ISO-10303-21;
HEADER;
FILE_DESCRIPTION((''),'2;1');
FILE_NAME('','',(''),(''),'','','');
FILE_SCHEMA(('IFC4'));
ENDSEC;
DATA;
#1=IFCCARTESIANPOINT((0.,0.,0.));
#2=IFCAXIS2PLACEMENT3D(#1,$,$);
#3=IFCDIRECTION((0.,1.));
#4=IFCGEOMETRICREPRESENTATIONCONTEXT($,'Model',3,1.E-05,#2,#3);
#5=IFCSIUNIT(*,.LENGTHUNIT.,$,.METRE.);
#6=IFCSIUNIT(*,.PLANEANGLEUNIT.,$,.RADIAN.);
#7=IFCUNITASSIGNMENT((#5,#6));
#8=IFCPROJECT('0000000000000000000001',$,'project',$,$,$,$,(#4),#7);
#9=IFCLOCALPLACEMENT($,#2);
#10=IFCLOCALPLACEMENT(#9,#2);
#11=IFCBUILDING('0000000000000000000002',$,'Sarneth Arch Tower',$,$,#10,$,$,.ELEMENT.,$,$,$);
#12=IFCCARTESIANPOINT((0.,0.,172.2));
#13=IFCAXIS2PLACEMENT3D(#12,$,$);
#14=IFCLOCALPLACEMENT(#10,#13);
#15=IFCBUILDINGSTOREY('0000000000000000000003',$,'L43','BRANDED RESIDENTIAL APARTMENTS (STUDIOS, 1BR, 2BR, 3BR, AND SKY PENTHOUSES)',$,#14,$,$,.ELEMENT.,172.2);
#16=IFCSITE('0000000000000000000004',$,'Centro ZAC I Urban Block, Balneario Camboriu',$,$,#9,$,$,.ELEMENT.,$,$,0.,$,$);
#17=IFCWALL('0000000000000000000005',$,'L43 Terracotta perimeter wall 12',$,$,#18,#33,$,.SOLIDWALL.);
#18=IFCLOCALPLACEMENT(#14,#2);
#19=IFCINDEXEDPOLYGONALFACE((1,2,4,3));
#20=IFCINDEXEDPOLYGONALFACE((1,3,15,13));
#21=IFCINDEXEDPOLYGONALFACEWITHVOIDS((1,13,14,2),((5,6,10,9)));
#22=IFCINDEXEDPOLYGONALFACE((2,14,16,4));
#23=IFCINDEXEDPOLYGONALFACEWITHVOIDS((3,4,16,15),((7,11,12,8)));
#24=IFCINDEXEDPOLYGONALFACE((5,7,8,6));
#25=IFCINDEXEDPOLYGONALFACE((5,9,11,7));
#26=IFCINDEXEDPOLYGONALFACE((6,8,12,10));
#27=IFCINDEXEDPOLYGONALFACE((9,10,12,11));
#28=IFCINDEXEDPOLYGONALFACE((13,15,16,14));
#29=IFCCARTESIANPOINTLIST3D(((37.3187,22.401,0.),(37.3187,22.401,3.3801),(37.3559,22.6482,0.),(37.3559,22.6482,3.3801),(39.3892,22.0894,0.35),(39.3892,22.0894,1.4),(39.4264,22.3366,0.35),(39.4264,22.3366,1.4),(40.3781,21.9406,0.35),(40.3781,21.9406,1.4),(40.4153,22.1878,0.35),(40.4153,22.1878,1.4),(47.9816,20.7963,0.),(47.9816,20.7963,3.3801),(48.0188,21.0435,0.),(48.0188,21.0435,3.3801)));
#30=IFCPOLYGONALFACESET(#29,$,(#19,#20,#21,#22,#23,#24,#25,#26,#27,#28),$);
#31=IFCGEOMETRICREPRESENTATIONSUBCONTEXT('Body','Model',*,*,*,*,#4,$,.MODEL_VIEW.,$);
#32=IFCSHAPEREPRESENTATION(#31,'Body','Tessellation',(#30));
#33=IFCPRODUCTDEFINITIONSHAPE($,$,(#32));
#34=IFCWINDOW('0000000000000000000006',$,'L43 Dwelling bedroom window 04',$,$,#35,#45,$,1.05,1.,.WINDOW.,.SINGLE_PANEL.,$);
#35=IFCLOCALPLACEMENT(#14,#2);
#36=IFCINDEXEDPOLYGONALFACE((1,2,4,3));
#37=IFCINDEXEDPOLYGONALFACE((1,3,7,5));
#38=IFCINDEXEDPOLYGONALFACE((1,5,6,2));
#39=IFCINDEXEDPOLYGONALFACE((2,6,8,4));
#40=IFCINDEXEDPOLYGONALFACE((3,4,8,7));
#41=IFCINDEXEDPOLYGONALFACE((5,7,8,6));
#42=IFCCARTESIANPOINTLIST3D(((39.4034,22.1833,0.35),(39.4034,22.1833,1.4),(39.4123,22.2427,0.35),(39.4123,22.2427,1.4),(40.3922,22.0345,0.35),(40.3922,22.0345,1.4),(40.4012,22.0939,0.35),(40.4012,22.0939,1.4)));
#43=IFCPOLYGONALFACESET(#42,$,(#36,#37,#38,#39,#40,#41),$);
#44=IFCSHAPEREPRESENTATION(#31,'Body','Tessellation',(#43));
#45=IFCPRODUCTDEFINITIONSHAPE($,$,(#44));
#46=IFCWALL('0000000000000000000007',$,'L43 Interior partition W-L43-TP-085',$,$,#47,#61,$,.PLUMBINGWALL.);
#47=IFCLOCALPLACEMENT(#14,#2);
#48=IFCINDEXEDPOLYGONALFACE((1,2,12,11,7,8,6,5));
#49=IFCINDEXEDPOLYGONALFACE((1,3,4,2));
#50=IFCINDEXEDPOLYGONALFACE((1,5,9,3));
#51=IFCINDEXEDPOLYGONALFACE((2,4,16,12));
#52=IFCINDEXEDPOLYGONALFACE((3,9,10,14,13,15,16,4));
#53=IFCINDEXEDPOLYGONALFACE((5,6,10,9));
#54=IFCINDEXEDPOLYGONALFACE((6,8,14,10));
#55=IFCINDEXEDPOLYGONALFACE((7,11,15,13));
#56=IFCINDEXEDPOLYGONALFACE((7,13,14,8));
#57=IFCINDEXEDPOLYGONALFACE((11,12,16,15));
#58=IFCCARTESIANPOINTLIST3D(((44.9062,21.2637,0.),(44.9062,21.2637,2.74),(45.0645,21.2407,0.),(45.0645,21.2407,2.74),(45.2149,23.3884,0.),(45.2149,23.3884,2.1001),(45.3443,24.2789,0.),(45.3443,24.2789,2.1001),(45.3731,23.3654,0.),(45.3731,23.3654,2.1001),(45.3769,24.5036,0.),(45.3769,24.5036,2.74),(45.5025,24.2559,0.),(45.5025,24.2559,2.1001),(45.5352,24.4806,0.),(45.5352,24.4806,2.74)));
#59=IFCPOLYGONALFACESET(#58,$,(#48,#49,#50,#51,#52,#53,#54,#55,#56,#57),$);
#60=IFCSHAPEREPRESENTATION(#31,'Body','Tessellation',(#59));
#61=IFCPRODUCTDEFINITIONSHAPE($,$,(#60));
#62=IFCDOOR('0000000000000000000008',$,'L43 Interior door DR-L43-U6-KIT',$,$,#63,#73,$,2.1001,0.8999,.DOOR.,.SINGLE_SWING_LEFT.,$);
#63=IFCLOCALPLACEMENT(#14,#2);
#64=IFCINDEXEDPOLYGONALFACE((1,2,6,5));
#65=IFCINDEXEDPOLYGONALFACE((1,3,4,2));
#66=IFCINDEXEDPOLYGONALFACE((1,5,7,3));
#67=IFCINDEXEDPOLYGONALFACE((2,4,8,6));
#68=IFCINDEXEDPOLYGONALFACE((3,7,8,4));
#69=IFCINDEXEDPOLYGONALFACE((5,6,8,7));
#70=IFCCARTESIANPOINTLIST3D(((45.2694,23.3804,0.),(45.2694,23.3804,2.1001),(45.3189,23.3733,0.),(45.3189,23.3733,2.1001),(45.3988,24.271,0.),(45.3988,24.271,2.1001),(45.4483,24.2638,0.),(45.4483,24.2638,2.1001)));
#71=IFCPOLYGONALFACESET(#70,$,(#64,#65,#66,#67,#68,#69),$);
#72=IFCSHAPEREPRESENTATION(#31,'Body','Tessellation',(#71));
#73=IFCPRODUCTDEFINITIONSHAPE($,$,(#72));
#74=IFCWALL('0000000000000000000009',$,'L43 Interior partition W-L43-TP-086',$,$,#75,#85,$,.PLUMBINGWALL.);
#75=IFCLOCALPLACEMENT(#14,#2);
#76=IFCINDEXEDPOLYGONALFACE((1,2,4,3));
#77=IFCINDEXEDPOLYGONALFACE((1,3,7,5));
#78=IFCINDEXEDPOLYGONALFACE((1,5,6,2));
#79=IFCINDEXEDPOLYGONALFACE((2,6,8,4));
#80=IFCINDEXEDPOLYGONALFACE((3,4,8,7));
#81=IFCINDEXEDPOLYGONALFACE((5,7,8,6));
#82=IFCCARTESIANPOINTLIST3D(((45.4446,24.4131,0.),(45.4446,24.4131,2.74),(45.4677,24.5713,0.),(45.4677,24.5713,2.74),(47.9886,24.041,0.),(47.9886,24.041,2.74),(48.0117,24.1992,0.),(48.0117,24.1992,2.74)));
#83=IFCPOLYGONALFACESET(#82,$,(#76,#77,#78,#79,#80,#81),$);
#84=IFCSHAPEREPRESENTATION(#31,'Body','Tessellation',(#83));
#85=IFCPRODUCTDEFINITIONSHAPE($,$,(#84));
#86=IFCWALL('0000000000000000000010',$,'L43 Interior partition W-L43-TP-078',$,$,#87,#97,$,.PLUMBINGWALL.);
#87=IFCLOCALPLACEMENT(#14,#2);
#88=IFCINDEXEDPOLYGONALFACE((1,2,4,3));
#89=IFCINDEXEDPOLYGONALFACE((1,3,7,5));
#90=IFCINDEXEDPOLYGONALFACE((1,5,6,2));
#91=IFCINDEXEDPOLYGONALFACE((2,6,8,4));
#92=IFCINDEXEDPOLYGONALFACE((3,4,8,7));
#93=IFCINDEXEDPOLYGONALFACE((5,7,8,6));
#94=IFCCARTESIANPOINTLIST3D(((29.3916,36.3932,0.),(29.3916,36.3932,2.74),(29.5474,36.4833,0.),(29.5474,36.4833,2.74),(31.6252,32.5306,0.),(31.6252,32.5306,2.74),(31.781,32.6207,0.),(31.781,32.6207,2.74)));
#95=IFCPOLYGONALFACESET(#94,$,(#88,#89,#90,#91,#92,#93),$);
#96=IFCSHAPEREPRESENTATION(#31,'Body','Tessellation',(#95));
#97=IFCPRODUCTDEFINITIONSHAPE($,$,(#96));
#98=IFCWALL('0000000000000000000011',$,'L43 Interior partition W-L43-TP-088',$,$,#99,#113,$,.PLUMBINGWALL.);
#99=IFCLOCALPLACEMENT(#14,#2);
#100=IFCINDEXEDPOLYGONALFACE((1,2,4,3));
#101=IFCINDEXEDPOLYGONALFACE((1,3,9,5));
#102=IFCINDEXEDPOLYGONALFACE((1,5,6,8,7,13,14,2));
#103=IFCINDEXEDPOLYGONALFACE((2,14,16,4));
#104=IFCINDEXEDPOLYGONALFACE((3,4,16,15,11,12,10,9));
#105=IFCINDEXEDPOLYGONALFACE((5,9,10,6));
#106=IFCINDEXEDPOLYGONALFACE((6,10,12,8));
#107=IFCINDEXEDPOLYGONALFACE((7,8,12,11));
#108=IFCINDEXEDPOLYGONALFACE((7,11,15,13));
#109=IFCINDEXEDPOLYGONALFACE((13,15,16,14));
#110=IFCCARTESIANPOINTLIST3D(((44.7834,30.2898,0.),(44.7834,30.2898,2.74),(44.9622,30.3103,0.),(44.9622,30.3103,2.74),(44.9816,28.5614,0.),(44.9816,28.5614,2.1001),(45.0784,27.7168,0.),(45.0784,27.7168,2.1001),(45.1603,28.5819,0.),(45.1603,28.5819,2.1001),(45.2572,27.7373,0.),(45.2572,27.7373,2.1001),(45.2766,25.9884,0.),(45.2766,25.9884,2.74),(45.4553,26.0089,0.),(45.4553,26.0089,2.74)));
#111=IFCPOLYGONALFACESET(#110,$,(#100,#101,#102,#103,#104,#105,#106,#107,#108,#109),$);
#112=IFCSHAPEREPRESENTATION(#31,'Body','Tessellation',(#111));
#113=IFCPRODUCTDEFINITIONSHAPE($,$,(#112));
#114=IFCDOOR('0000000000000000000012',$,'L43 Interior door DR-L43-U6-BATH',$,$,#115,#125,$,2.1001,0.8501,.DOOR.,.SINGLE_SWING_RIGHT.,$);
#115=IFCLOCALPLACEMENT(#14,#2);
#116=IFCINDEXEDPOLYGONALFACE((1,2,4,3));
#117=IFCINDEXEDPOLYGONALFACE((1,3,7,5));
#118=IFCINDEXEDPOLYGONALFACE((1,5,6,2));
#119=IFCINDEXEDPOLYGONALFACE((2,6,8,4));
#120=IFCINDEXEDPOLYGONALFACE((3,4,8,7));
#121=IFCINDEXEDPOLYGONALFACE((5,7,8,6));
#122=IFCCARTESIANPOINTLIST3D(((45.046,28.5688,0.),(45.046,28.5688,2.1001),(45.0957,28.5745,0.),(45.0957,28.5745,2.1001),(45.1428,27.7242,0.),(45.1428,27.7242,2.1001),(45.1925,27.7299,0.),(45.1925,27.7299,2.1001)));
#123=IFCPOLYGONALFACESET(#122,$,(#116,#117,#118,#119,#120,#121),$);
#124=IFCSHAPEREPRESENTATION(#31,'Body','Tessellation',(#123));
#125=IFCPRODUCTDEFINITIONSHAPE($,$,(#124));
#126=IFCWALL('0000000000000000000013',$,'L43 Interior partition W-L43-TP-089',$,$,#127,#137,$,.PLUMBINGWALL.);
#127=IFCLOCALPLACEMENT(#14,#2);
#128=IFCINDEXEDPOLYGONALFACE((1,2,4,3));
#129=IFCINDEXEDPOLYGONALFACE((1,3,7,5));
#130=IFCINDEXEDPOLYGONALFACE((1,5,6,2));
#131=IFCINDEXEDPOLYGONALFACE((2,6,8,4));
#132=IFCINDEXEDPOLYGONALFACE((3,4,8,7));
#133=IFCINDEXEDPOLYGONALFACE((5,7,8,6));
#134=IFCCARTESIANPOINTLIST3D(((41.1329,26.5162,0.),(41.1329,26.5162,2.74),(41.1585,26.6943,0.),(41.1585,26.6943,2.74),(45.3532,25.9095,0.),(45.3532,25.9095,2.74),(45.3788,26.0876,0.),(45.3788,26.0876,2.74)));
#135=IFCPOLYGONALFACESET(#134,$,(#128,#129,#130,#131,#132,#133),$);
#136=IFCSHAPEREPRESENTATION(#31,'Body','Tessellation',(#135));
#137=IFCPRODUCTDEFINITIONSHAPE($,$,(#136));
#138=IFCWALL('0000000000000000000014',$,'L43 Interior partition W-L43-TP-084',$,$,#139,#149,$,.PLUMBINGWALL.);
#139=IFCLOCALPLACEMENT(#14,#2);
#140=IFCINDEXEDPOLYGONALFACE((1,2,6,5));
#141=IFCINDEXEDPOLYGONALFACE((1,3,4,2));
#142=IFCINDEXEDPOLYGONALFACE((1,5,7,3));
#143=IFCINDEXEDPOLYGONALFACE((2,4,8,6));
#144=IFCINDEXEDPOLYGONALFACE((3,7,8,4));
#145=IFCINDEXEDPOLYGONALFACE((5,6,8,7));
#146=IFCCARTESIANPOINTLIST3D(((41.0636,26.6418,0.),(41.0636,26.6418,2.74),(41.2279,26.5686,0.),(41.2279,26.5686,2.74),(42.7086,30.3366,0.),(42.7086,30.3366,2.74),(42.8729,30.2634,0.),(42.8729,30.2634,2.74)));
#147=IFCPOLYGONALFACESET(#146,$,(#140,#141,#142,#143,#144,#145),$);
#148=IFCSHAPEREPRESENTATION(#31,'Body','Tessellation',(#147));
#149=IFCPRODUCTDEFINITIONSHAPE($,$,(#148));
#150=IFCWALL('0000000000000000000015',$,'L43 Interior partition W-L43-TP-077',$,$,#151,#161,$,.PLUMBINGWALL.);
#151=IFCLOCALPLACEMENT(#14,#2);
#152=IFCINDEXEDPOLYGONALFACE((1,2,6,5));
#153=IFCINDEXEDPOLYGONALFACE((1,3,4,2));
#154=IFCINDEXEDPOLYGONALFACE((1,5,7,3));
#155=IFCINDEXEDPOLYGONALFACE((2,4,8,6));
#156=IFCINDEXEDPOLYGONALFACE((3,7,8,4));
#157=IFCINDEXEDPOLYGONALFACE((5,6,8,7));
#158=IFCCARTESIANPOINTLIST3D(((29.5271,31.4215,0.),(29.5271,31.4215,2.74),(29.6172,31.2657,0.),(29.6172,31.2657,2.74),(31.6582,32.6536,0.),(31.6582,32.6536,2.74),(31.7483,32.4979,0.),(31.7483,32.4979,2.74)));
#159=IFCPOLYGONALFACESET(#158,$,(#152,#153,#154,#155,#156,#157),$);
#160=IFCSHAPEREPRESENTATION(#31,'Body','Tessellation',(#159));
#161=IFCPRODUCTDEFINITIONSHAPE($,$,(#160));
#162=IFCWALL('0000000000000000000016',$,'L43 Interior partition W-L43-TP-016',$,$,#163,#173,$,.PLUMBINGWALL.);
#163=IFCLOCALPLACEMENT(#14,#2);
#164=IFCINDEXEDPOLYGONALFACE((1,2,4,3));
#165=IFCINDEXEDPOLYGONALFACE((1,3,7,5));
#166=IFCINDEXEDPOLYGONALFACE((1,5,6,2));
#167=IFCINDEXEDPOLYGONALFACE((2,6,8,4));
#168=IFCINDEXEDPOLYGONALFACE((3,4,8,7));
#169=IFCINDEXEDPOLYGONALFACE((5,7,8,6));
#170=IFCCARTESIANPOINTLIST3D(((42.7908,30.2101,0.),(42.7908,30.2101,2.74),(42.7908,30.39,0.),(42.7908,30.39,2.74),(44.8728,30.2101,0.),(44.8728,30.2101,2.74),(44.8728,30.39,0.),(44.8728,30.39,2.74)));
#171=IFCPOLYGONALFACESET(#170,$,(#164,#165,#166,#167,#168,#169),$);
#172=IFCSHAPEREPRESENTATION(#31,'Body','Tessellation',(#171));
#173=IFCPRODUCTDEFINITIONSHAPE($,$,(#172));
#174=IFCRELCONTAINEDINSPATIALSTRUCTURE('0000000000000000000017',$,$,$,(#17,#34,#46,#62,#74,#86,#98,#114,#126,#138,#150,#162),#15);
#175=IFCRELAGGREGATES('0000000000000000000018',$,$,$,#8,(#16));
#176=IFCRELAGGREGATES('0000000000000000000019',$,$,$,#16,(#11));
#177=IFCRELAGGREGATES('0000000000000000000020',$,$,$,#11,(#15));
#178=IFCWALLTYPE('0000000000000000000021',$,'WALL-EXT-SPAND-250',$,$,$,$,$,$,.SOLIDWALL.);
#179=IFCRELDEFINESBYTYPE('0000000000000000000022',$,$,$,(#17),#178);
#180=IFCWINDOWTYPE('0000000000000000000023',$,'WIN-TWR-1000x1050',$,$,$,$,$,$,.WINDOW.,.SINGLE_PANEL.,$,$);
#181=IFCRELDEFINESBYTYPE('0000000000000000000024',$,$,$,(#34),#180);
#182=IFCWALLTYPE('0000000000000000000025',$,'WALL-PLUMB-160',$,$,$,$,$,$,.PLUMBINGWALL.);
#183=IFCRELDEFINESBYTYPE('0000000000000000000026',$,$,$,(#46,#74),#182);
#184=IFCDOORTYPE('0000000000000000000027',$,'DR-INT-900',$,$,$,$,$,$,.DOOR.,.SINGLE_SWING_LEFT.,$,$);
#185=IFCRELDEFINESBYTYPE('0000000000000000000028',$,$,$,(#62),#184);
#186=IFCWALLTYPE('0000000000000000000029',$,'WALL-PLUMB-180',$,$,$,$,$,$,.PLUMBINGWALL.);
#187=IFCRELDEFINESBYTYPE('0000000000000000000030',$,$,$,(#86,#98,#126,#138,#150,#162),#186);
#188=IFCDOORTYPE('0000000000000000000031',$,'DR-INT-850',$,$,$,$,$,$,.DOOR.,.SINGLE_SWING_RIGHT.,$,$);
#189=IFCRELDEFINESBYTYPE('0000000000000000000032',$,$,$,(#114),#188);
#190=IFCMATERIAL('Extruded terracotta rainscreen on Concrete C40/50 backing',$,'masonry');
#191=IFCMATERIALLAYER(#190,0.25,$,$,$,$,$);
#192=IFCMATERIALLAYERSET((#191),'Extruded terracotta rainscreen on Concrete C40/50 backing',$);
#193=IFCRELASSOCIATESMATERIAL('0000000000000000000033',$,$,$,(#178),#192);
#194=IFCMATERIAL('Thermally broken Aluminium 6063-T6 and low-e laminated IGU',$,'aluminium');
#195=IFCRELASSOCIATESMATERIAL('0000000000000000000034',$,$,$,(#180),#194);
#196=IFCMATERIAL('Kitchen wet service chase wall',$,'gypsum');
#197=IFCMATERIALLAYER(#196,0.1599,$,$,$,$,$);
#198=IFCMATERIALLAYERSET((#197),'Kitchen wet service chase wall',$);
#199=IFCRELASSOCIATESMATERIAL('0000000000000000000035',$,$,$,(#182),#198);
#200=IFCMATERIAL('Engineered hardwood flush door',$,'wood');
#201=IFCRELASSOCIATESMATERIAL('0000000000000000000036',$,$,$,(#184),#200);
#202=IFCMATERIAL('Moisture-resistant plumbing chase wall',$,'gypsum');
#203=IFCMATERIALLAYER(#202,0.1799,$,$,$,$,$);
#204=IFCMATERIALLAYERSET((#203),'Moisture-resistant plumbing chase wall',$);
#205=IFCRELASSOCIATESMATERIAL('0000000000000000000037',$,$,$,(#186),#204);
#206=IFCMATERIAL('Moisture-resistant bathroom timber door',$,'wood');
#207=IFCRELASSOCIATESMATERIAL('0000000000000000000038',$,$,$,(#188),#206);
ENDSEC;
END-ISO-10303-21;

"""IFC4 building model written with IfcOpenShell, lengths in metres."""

from ifc_helpers import new_model, si_unit, direction, frame, frame_2d, origin, place, context, subcontext, project, spatial, rectangle, extrude, material, layer, layer_set, type_object, element, fill, save


model = new_model("IFC4")

# Units and contexts
model_context = context("Model", 3, precision=1e-05, world=origin(), true_north=direction((0.0, 1.0)))
body_context = subcontext(model_context, "Body", "Model", "MODEL_VIEW")
ifc_project = project(units=[si_unit("LENGTHUNIT", "METRE"), si_unit("PLANEANGLEUNIT", "RADIAN")], contexts=[model_context])

# Site, building, storey
site_placement = place(None, origin())
site = spatial("IfcSite", under=ifc_project, at=site_placement, Name="Centro ZAC I Urban Block, Balneario Camboriu", CompositionType="ELEMENT", RefElevation=0.0)
building_placement = place(site_placement, origin())
building = spatial("IfcBuilding", under=site, at=building_placement, Name="Sarneth Arch Tower", CompositionType="ELEMENT")
storey_placement = place(building_placement, frame((0.0, 0.0, 172.2)))
storey = spatial("IfcBuildingStorey", under=building, at=storey_placement, Name="L43", Description="BRANDED RESIDENTIAL APARTMENTS (STUDIOS, 1BR, 2BR, 3BR, AND SKY PENTHOUSES)", CompositionType="ELEMENT", Elevation=172.2)

# Wall, opening, window
ifc_material_1 = material(Name="Extruded terracotta rainscreen on Concrete C40/50 backing", Category="masonry")
ifc_layer_1 = layer(ifc_material_1, 0.25)
ifc_layer_set_1 = layer_set([ifc_layer_1], Name="Extruded terracotta rainscreen on Concrete C40/50 backing")
wall_type_1 = type_object("IfcWallType", Name="WALL-EXT-SPAND-250", PredefinedType="SOLIDWALL", material=ifc_layer_set_1)
wall_1_placement = place(storey_placement, frame((37.3372, 22.5247, 0.0), z_axis=(0.0, 0.0, 1.0), x_axis=(0.988864, -0.148822, 0.0)))
wall_1 = element("IfcWall", 1, at=wall_1_placement, inside=storey, type_object=wall_type_1, Name="L43 Terracotta perimeter wall 12", PredefinedType="SOLIDWALL", context=body_context, shape_type="SweptSolid", body=[
    extrude(rectangle(XDim=10.783, YDim=0.25, at=frame_2d((5.3916, 0.0))), origin(), (0.0, 0.0, 1.0), 3.3801),
])
opening_1_placement = place(wall_1_placement, frame((2.094, 0.0, 0.3501)))
opening_1 = element("IfcOpeningElement", 2, at=opening_1_placement, cuts=wall_1, PredefinedType="OPENING", context=body_context, shape_type="SweptSolid", body=[
    extrude(rectangle(XDim=1.0, YDim=1.05, at=frame_2d((0.5, 0.5249))), frame((0.0, 0.135, 0.0), z_axis=(0.0, -1.0, 0.0), x_axis=(1.0, 0.0, 0.0)), (0.0, 0.0, 1.0), 0.27),
])
ifc_material_2 = material(Name="Thermally broken Aluminium 6063-T6 and low-e laminated IGU", Category="aluminium")
window_type = type_object("IfcWindowType", Name="WIN-TWR-1000x1050", PartitioningType="SINGLE_PANEL", PredefinedType="WINDOW", material=ifc_material_2)
window_placement = place(opening_1_placement, origin())
window = element("IfcWindow", 3, at=window_placement, inside=storey, type_object=window_type, Name="L43 Dwelling bedroom window 04", OverallHeight=1.05, OverallWidth=1.0, PartitioningType="SINGLE_PANEL", PredefinedType="WINDOW", context=body_context, shape_type="SweptSolid", body=[
    extrude(rectangle(XDim=1.0, YDim=1.05, at=frame_2d((0.5, 0.5249))), frame((0.0, 0.03, 0.0), z_axis=(0.0, -1.0, 0.0), x_axis=(1.0, 0.0, 0.0)), (0.0, 0.0, 1.0), 0.0601),
])
fill(opening_1, window)

# Wall, opening, door
ifc_material_3 = material(Name="Kitchen wet service chase wall", Category="gypsum")
ifc_layer_2 = layer(ifc_material_3, 0.1599)
ifc_layer_set_2 = layer_set([ifc_layer_2], Name="Kitchen wet service chase wall")
wall_type_2 = type_object("IfcWallType", Name="WALL-PLUMB-160", PredefinedType="PLUMBINGWALL", material=ifc_layer_set_2)
wall_2_placement = place(storey_placement, frame((44.9854, 21.2522, 0.0), z_axis=(0.0, 0.0, 1.0), x_axis=(0.14377, 0.989611, 0.0)))
wall_2 = element("IfcWall", 4, at=wall_2_placement, inside=storey, type_object=wall_type_2, Name="L43 Interior partition W-L43-TP-085", PredefinedType="PLUMBINGWALL", context=body_context, shape_type="SweptSolid", body=[
    extrude(rectangle(XDim=3.2739, YDim=0.1599, at=frame_2d((1.637, 0.0))), origin(), (0.0, 0.0, 1.0), 2.74),
])
opening_2_placement = place(wall_2_placement, frame((2.147, 0.0, 0.0)))
opening_2 = element("IfcOpeningElement", 5, at=opening_2_placement, cuts=wall_2, PredefinedType="OPENING", context=body_context, shape_type="SweptSolid", body=[
    extrude(rectangle(XDim=0.8999, YDim=2.1001, at=frame_2d((0.45, 1.05))), frame((0.0, 0.0898, 0.0), z_axis=(0.0, -1.0, 0.0), x_axis=(1.0, 0.0, 0.0)), (0.0, 0.0, 1.0), 0.1799),
])
ifc_material_4 = material(Name="Engineered hardwood flush door", Category="wood")
door_type_1 = type_object("IfcDoorType", Name="DR-INT-900", OperationType="SINGLE_SWING_LEFT", PredefinedType="DOOR", material=ifc_material_4)
door_1_placement = place(opening_2_placement, origin())
door_1 = element("IfcDoor", 6, at=door_1_placement, inside=storey, type_object=door_type_1, Name="L43 Interior door DR-L43-U6-KIT", OperationType="SINGLE_SWING_LEFT", OverallHeight=2.1001, OverallWidth=0.8999, PredefinedType="DOOR", context=body_context, shape_type="SweptSolid", body=[
    extrude(rectangle(XDim=0.8999, YDim=2.1001, at=frame_2d((0.45, 1.05))), frame((0.0, 0.0249, 0.0), z_axis=(0.0, -1.0, 0.0), x_axis=(1.0, 0.0, 0.0)), (0.0, 0.0, 1.0), 0.05),
])
fill(opening_2, door_1)

# Walls
wall_3_placement = place(storey_placement, frame((45.4561, 24.4922, 0.0), z_axis=(0.0, 0.0, 1.0), x_axis=(0.989473, -0.144718, 0.0)))
element("IfcWall", 7, at=wall_3_placement, inside=storey, type_object=wall_type_2, Name="L43 Interior partition W-L43-TP-086", PredefinedType="PLUMBINGWALL", context=body_context, shape_type="SweptSolid", body=[
    extrude(rectangle(XDim=2.571, YDim=0.1599, at=frame_2d((1.2856, 0.0))), origin(), (0.0, 0.0, 1.0), 2.74),
])
ifc_material_5 = material(Name="Moisture-resistant plumbing chase wall", Category="gypsum")
ifc_layer_3 = layer(ifc_material_5, 0.1799)
ifc_layer_set_3 = layer_set([ifc_layer_3], Name="Moisture-resistant plumbing chase wall")
wall_type_3 = type_object("IfcWallType", Name="WALL-PLUMB-180", PredefinedType="PLUMBINGWALL", material=ifc_layer_set_3)
wall_4_placement = place(storey_placement, frame((31.7031, 32.5757, 0.0), z_axis=(0.0, 0.0, 1.0), x_axis=(-0.500605, 0.865676, 0.0)))
element("IfcWall", 8, at=wall_4_placement, inside=storey, type_object=wall_type_3, Name="L43 Interior partition W-L43-TP-078", PredefinedType="PLUMBINGWALL", context=body_context, shape_type="SweptSolid", body=[
    extrude(rectangle(XDim=4.4619, YDim=0.1799, at=frame_2d((2.231, 0.0))), origin(), (0.0, 0.0, 1.0), 2.74),
])

# Wall, opening, door
wall_5_placement = place(storey_placement, frame((44.8728, 30.3, 0.0), z_axis=(0.0, 0.0, 1.0), x_axis=(0.113903, -0.993492, 0.0)))
wall_5 = element("IfcWall", 9, at=wall_5_placement, inside=storey, type_object=wall_type_3, Name="L43 Interior partition W-L43-TP-088", PredefinedType="PLUMBINGWALL", context=body_context, shape_type="SweptSolid", body=[
    extrude(rectangle(XDim=4.3296, YDim=0.1799, at=frame_2d((2.1648, 0.0))), origin(), (0.0, 0.0, 1.0), 2.74),
])
opening_3_placement = place(wall_5_placement, frame((1.7397, 0.0, 0.0)))
opening_3 = element("IfcOpeningElement", 10, at=opening_3_placement, cuts=wall_5, PredefinedType="OPENING", context=body_context, shape_type="SweptSolid", body=[
    extrude(rectangle(XDim=0.8501, YDim=2.1001, at=frame_2d((0.425, 1.05))), frame((0.0, 0.0999, 0.0), z_axis=(0.0, -1.0, 0.0), x_axis=(1.0, 0.0, 0.0)), (0.0, 0.0, 1.0), 0.2),
])
ifc_material_6 = material(Name="Moisture-resistant bathroom timber door", Category="wood")
door_type_2 = type_object("IfcDoorType", Name="DR-INT-850", OperationType="SINGLE_SWING_RIGHT", PredefinedType="DOOR", material=ifc_material_6)
door_2_placement = place(opening_3_placement, origin())
door_2 = element("IfcDoor", 11, at=door_2_placement, inside=storey, type_object=door_type_2, Name="L43 Interior door DR-L43-U6-BATH", OperationType="SINGLE_SWING_RIGHT", OverallHeight=2.1001, OverallWidth=0.8501, PredefinedType="DOOR", context=body_context, shape_type="SweptSolid", body=[
    extrude(rectangle(XDim=0.8501, YDim=2.1001, at=frame_2d((0.425, 1.05))), frame((0.0, 0.0249, 0.0), z_axis=(0.0, -1.0, 0.0), x_axis=(1.0, 0.0, 0.0)), (0.0, 0.0, 1.0), 0.05),
])
fill(opening_3, door_2)

# Walls
wall_6_placement = place(storey_placement, frame((45.366, 25.9985, 0.0), z_axis=(0.0, 0.0, 1.0), x_axis=(-0.989824, 0.142295, 0.0)))
element("IfcWall", 12, at=wall_6_placement, inside=storey, type_object=wall_type_3, Name="L43 Interior partition W-L43-TP-089", PredefinedType="PLUMBINGWALL", context=body_context, shape_type="SweptSolid", body=[
    extrude(rectangle(XDim=4.2637, YDim=0.1799, at=frame_2d((2.1318, 0.0))), origin(), (0.0, 0.0, 1.0), 2.74),
])
wall_7_placement = place(storey_placement, frame((41.1458, 26.6052, 0.0), z_axis=(0.0, 0.0, 1.0), x_axis=(0.406732, 0.913547, 0.0)))
element("IfcWall", 13, at=wall_7_placement, inside=storey, type_object=wall_type_3, Name="L43 Interior partition W-L43-TP-084", PredefinedType="PLUMBINGWALL", context=body_context, shape_type="SweptSolid", body=[
    extrude(rectangle(XDim=4.0444, YDim=0.1799, at=frame_2d((2.0222, 0.0))), origin(), (0.0, 0.0, 1.0), 2.74),
])
wall_8_placement = place(storey_placement, frame((29.572, 31.3435, 0.0), z_axis=(0.0, 0.0, 1.0), x_axis=(0.865711, 0.500544, 0.0)))
element("IfcWall", 14, at=wall_8_placement, inside=storey, type_object=wall_type_3, Name="L43 Interior partition W-L43-TP-077", PredefinedType="PLUMBINGWALL", context=body_context, shape_type="SweptSolid", body=[
    extrude(rectangle(XDim=2.4617, YDim=0.1799, at=frame_2d((1.231, 0.0))), origin(), (0.0, 0.0, 1.0), 2.74),
])
wall_9_placement = place(storey_placement, frame((42.7908, 30.3, 0.0), z_axis=(0.0, 0.0, 1.0), x_axis=(1.0, 0.0, 0.0)))
element("IfcWall", 15, at=wall_9_placement, inside=storey, type_object=wall_type_3, Name="L43 Interior partition W-L43-TP-016", PredefinedType="PLUMBINGWALL", context=body_context, shape_type="SweptSolid", body=[
    extrude(rectangle(XDim=2.082, YDim=0.1799, at=frame_2d((1.041, 0.0))), origin(), (0.0, 0.0, 1.0), 2.74),
])

save(model, "model.ifc")
